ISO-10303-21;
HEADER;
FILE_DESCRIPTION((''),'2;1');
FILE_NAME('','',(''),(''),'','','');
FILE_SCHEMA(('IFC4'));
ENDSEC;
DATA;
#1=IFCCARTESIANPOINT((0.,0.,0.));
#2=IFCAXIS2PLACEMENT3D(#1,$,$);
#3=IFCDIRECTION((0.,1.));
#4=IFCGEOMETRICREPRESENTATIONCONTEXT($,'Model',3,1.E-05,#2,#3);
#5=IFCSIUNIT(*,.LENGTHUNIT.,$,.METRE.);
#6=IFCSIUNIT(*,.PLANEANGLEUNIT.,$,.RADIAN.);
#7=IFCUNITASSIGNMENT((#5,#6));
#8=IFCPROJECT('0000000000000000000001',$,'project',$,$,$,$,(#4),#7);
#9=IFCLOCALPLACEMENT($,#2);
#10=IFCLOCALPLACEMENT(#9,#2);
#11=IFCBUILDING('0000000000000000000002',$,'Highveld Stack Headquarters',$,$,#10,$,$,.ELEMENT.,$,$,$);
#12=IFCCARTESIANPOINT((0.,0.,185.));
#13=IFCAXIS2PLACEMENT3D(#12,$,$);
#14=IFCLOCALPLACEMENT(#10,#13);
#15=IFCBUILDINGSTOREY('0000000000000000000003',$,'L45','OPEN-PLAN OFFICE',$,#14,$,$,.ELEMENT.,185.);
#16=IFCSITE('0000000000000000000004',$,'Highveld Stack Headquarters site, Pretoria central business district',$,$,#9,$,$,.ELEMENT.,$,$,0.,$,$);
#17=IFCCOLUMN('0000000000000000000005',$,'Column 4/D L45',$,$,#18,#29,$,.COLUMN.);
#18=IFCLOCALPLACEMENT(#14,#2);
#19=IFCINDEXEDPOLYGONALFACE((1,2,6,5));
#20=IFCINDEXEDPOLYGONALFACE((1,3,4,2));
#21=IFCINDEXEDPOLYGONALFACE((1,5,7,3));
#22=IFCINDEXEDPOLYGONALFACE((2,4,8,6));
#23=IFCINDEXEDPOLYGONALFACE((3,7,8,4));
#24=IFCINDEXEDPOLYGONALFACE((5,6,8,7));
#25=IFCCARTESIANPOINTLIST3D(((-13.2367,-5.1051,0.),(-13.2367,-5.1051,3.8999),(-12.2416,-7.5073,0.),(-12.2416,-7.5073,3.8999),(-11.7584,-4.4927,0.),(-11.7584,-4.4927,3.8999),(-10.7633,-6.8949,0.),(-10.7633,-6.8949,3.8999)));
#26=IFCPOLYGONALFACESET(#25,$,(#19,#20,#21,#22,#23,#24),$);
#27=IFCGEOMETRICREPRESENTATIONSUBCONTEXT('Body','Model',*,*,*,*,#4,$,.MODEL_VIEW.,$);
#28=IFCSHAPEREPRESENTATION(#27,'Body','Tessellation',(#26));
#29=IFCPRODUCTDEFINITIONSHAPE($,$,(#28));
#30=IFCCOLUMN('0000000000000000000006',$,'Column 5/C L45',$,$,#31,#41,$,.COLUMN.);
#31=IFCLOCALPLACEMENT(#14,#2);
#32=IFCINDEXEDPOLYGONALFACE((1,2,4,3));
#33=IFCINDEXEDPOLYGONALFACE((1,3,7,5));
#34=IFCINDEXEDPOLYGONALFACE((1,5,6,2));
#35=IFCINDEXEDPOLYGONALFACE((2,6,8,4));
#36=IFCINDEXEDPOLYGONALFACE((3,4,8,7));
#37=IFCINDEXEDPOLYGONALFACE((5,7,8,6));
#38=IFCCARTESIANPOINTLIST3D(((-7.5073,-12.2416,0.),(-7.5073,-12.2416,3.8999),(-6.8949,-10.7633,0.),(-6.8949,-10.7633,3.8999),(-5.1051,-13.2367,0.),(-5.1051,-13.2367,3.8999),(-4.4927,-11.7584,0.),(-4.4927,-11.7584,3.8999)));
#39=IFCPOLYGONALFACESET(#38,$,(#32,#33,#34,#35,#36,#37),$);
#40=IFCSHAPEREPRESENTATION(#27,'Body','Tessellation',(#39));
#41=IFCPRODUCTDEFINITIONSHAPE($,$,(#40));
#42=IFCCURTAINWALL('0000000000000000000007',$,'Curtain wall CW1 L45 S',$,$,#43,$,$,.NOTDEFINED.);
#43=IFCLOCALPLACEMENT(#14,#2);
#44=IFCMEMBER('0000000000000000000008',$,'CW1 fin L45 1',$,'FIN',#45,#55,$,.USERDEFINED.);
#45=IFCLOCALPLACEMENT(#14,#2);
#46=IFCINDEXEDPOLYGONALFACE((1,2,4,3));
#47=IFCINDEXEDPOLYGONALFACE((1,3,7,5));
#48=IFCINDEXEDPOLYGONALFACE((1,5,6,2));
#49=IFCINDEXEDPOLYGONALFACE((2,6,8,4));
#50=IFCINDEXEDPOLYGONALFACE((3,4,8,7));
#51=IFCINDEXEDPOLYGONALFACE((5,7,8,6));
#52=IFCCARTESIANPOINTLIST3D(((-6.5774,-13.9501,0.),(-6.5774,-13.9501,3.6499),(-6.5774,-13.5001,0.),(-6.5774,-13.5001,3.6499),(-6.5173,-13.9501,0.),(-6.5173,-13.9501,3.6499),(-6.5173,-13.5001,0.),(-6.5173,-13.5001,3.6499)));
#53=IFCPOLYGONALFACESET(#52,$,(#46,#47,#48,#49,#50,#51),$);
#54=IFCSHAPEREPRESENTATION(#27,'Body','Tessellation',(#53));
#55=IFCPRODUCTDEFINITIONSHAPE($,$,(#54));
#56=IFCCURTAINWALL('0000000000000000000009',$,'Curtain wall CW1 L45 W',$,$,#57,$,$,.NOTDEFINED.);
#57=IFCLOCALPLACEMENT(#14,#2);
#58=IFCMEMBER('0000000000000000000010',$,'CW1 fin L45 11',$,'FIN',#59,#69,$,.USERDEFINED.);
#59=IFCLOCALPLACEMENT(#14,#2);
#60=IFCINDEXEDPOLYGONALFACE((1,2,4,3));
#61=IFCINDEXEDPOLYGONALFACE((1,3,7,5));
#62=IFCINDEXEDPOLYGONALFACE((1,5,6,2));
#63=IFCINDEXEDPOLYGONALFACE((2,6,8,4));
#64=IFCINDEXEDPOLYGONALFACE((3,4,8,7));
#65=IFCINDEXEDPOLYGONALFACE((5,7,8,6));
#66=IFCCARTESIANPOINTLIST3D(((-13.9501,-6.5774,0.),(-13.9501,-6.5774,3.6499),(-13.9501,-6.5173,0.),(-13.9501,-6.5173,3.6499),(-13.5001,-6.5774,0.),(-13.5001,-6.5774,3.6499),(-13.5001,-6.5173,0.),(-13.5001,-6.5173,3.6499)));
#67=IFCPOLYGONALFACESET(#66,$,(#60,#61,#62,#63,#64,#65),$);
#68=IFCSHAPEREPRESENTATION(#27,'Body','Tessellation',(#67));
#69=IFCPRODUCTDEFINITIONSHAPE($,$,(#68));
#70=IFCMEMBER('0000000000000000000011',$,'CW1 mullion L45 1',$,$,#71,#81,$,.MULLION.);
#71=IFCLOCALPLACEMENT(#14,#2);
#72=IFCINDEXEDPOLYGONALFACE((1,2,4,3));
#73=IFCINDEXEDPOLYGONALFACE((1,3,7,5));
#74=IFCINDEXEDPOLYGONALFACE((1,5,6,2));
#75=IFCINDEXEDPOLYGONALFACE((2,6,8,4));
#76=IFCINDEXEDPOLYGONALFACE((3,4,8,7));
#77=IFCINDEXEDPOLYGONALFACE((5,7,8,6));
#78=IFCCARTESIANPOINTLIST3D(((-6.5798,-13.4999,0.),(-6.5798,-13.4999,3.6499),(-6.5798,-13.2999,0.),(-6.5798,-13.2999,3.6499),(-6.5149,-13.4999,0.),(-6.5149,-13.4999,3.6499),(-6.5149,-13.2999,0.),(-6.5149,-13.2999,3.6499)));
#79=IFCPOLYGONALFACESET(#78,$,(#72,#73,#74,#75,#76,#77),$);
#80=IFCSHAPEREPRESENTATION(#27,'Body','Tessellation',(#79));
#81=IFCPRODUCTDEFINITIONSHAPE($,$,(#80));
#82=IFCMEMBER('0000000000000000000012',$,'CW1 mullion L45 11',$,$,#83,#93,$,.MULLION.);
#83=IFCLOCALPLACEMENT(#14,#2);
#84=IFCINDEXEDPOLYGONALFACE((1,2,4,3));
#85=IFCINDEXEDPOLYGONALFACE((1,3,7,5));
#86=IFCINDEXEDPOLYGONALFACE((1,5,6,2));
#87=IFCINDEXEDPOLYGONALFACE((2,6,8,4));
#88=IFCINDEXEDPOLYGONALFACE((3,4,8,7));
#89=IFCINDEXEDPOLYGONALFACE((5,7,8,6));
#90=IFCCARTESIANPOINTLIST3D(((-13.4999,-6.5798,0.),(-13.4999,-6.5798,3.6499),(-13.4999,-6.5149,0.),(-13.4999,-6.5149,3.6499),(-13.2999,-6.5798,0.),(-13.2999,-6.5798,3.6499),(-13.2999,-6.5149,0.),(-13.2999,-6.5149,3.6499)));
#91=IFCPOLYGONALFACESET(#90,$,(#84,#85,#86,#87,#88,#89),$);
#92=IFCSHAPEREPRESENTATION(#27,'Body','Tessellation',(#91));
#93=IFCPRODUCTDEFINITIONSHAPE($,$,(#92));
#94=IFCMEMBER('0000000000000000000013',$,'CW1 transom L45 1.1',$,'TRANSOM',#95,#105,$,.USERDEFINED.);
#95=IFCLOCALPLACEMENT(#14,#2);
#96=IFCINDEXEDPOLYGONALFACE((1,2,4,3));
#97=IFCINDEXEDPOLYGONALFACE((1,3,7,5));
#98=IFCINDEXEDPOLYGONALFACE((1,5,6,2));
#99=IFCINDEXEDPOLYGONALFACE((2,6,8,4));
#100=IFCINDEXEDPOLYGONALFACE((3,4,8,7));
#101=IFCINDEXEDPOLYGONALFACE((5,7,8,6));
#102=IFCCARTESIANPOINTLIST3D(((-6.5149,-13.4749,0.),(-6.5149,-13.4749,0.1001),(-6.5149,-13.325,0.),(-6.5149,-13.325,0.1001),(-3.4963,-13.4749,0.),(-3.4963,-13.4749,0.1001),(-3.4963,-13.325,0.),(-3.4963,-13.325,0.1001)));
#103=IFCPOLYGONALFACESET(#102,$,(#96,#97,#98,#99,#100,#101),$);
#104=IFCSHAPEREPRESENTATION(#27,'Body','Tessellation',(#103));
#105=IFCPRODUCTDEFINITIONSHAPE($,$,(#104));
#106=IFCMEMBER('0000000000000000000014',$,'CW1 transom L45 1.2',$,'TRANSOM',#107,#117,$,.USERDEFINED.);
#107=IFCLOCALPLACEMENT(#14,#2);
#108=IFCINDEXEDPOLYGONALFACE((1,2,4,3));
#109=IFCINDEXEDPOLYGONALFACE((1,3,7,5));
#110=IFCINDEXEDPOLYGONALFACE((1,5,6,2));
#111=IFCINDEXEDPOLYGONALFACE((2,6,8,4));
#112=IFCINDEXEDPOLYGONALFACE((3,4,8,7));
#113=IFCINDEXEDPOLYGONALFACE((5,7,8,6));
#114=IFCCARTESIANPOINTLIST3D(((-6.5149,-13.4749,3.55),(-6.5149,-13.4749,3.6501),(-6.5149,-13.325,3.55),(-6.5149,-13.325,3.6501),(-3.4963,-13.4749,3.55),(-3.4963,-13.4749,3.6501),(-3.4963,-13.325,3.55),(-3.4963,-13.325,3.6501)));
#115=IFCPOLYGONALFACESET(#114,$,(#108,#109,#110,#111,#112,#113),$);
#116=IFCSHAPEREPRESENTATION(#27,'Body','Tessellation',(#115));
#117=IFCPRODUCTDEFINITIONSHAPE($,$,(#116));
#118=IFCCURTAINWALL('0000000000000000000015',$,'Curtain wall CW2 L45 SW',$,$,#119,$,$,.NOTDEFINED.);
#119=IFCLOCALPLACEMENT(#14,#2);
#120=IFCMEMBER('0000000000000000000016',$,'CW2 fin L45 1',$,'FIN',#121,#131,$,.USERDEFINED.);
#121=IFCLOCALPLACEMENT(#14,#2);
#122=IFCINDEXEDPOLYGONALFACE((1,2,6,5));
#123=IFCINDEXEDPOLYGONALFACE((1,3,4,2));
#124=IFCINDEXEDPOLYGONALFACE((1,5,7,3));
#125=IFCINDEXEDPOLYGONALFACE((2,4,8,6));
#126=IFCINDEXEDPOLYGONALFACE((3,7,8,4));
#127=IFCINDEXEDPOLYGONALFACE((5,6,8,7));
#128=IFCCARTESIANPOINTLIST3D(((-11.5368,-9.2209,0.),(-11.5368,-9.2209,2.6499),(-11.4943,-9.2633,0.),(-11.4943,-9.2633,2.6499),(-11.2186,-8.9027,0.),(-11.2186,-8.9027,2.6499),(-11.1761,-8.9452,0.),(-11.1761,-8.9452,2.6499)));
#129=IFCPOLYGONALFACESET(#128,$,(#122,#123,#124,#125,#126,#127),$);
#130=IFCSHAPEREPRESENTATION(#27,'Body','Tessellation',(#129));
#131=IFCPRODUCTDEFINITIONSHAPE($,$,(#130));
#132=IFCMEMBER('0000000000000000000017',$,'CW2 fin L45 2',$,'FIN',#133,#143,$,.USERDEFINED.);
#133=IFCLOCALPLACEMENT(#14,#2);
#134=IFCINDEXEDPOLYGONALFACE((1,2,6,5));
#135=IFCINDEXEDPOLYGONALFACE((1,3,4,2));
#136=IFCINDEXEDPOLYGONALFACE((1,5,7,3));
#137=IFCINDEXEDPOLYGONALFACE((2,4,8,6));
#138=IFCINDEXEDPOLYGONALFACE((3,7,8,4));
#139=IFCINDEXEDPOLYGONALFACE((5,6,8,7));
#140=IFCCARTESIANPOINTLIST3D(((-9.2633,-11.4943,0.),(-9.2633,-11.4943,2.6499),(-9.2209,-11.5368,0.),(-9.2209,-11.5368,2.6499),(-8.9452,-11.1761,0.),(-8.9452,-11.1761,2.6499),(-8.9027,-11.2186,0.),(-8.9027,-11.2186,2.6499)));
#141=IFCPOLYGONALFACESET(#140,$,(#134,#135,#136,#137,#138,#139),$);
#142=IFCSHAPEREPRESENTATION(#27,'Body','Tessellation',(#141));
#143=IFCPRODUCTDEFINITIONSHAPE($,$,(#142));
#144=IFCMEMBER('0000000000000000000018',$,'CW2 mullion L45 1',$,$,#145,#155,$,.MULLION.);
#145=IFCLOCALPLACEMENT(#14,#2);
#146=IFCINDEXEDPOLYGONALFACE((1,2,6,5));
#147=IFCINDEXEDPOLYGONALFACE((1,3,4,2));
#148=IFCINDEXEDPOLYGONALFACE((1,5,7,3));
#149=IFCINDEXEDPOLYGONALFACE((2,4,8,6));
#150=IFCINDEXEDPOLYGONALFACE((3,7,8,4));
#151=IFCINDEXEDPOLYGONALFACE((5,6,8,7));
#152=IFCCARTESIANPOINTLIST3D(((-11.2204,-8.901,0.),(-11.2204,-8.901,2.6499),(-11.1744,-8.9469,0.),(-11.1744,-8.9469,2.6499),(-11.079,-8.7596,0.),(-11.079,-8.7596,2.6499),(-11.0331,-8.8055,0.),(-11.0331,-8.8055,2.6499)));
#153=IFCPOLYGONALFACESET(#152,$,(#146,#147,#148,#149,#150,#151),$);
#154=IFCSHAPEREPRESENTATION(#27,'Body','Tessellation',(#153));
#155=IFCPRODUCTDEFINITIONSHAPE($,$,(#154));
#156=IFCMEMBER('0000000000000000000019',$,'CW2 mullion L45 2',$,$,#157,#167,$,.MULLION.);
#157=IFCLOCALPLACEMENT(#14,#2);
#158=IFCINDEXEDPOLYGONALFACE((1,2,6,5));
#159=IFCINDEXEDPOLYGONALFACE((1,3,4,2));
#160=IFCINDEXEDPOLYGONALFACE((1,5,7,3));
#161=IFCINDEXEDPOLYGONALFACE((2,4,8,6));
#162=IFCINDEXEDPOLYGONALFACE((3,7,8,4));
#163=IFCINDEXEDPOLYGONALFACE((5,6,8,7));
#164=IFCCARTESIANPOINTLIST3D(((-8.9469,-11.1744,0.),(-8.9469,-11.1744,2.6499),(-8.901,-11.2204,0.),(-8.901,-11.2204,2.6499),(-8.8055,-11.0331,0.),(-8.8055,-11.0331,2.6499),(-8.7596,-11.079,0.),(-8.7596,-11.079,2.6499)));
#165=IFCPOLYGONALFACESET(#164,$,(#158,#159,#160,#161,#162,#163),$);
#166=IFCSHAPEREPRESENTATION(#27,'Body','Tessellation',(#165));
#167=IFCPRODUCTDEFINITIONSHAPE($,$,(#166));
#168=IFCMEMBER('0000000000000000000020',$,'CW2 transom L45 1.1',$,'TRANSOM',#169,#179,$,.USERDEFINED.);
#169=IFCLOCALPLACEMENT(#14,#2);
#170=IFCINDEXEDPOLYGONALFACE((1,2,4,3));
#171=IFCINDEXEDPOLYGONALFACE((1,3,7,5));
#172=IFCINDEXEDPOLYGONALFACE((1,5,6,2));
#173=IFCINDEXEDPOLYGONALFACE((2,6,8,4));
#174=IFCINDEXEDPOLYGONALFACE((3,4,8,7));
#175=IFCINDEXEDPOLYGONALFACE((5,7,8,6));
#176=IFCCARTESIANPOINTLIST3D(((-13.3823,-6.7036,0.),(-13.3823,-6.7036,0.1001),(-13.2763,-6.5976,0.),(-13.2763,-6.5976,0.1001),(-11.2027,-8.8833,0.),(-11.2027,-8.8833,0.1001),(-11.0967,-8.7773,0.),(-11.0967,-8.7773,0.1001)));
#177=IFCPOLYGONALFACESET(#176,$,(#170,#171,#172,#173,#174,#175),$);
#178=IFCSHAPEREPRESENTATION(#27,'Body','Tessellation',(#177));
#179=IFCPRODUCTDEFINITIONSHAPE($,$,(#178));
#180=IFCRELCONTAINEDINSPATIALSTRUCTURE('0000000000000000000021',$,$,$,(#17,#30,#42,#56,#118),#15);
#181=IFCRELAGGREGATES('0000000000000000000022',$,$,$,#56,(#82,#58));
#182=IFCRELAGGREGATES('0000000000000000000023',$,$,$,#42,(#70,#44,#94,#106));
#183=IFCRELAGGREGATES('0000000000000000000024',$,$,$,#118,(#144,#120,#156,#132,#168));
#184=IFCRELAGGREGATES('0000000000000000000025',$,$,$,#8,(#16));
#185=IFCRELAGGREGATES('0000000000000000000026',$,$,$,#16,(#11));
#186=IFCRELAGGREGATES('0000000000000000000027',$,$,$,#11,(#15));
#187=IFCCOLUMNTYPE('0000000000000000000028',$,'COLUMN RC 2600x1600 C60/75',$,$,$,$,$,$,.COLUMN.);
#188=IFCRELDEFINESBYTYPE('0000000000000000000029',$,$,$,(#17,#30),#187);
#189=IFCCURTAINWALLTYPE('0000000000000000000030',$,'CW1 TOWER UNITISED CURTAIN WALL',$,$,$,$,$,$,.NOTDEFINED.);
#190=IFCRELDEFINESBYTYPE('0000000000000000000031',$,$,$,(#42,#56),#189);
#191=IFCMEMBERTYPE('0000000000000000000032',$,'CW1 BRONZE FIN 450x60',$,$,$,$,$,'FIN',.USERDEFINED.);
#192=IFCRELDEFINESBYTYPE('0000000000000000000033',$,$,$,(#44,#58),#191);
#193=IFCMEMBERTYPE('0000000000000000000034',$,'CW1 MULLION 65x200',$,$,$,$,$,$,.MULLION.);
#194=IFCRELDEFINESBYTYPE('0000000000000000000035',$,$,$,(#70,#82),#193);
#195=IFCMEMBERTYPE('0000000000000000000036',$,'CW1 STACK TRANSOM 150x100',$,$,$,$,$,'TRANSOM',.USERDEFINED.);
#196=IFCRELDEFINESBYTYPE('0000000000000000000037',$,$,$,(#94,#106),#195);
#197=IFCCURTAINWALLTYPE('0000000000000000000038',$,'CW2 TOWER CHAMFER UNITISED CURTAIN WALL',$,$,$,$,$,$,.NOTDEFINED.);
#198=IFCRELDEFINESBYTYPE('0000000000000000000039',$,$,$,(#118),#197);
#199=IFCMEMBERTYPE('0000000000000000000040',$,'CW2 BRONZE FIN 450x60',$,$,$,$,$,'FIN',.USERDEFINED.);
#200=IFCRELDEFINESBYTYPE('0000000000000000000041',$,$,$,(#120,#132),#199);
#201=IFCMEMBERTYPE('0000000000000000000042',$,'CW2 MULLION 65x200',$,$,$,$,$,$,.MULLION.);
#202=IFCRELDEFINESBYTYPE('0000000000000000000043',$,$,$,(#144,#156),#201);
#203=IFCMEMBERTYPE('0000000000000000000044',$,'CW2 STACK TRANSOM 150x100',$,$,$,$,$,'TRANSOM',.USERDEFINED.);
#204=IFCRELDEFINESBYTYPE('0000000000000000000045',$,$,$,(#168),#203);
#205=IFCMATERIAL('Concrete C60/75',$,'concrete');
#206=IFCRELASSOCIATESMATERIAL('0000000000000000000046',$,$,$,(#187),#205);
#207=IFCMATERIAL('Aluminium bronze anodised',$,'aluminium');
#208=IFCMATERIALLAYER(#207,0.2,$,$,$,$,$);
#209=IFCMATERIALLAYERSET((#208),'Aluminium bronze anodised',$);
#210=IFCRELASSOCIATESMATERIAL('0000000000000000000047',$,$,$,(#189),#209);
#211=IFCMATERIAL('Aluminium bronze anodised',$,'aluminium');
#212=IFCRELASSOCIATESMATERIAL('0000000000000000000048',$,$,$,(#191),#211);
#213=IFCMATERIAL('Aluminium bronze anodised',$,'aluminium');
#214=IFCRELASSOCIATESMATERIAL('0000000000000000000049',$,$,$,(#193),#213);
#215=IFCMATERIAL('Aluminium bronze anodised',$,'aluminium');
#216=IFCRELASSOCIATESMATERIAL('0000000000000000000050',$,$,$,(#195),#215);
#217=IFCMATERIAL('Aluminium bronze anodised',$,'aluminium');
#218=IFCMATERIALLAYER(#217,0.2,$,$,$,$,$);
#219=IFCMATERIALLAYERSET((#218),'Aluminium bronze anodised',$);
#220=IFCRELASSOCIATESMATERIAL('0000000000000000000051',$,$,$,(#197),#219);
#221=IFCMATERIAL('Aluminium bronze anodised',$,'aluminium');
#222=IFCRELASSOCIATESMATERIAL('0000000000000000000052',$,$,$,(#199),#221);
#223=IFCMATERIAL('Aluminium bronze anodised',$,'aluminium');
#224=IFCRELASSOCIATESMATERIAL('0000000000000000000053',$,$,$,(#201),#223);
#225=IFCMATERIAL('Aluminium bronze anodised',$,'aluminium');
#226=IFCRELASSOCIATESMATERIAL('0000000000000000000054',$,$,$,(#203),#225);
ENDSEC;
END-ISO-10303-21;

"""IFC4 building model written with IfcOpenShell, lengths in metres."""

from ifc_helpers import new_model, si_unit, direction, frame, origin, origin_2d, place, context, subcontext, project, spatial, rectangle, extrude, material, layer, layer_set, material_profile, profile_set, type_object, element, aggregate, save


model = new_model("IFC4")

# Units and contexts
model_context = context("Model", 3, precision=1e-05, world=origin(), true_north=direction((0.0, 1.0)))
body_context = subcontext(model_context, "Body", "Model", "MODEL_VIEW")
ifc_project = project(units=[si_unit("LENGTHUNIT", "METRE"), si_unit("PLANEANGLEUNIT", "RADIAN")], contexts=[model_context])

# Site, building, storey
site_placement = place(None, origin())
site = spatial("IfcSite", under=ifc_project, at=site_placement, Name="Highveld Stack Headquarters site, Pretoria central business district", CompositionType="ELEMENT", RefElevation=0.0)
building_placement = place(site_placement, origin())
building = spatial("IfcBuilding", under=site, at=building_placement, Name="Highveld Stack Headquarters", CompositionType="ELEMENT")
storey_placement = place(building_placement, frame((0.0, 0.0, 185.0)))
storey = spatial("IfcBuildingStorey", under=building, at=storey_placement, Name="L45", Description="OPEN-PLAN OFFICE", CompositionType="ELEMENT", Elevation=185.0)

# Columns
ifc_material_1 = material(Name="Concrete C60/75", Category="concrete")
ifc_material_profile_1 = material_profile(ifc_material_1, rectangle(XDim=2.6001, YDim=1.6001, at=origin_2d()), Name="RC 2600x1600")
ifc_profile_set_1 = profile_set([ifc_material_profile_1], Name="Concrete C60/75")
column_type = type_object("IfcColumnType", Name="COLUMN RC 2600x1600 C60/75", PredefinedType="COLUMN", material=ifc_profile_set_1)
for number, where, z_axis, x_axis, name in (
    (1, (-12.0, -6.0, 0.0), (0.0, 0.0, 1.0), (-0.382683, 0.92388, 0.0), "Column 4/D L45"),
    (2, (-6.0, -12.0, 0.0), (0.0, 0.0, 1.0), (-0.92388, 0.382683, 0.0), "Column 5/C L45"),
):
    element("IfcColumn", number, at=place(storey_placement, frame(where, z_axis=z_axis, x_axis=x_axis)), inside=storey, type_object=column_type, Name=name, PredefinedType="COLUMN", context=body_context, shape_type="SweptSolid", body=[
        extrude(rectangle(XDim=2.6001, YDim=1.6001, at=origin_2d()), origin(), (0.0, 0.0, 1.0), 3.8999),
    ])

# Curtain walls, members
ifc_material_2 = material(Name="Aluminium bronze anodised", Category="aluminium")
ifc_layer_1 = layer(ifc_material_2, 0.2)
ifc_layer_set_1 = layer_set([ifc_layer_1], Name="Aluminium bronze anodised")
curtain_wall_type_1 = type_object("IfcCurtainWallType", Name="CW1 TOWER UNITISED CURTAIN WALL", PredefinedType="NOTDEFINED", material=ifc_layer_set_1)
curtain_wall_1_placement = place(storey_placement, origin())
curtain_wall_1 = element("IfcCurtainWall", 3, at=curtain_wall_1_placement, inside=storey, type_object=curtain_wall_type_1, Name="Curtain wall CW1 L45 S", PredefinedType="NOTDEFINED")
ifc_material_3 = material(Name="Aluminium bronze anodised", Category="aluminium")
ifc_material_profile_2 = material_profile(ifc_material_3, rectangle(XDim=0.45, YDim=0.0601, at=origin_2d()), Name="FIN 450x60")
ifc_profile_set_2 = profile_set([ifc_material_profile_2], Name="Aluminium bronze anodised")
member_type_1 = type_object("IfcMemberType", Name="CW1 BRONZE FIN 450x60", ElementType="FIN", PredefinedType="USERDEFINED", material=ifc_profile_set_2)
member_1_placement = place(storey_placement, frame((-6.5474, -13.7251, 0.0), z_axis=(0.0, 0.0, 1.0), x_axis=(0.0, 1.0, 0.0)))
member_1 = element("IfcMember", 4, at=member_1_placement, type_object=member_type_1, Name="CW1 fin L45 1", ObjectType="FIN", PredefinedType="USERDEFINED", context=body_context, shape_type="SweptSolid", body=[
    extrude(rectangle(XDim=0.45, YDim=0.0601, at=origin_2d()), origin(), (0.0, 0.0, 1.0), 3.6499),
])
curtain_wall_2_placement = place(storey_placement, origin())
curtain_wall_2 = element("IfcCurtainWall", 5, at=curtain_wall_2_placement, inside=storey, type_object=curtain_wall_type_1, Name="Curtain wall CW1 L45 W", PredefinedType="NOTDEFINED")
member_2_placement = place(storey_placement, frame((-13.7251, -6.5474, 0.0), z_axis=(0.0, 0.0, 1.0), x_axis=(1.0, 0.0, 0.0)))
member_2 = element("IfcMember", 6, at=member_2_placement, type_object=member_type_1, Name="CW1 fin L45 11", ObjectType="FIN", PredefinedType="USERDEFINED", context=body_context, shape_type="SweptSolid", body=[
    extrude(rectangle(XDim=0.45, YDim=0.0601, at=origin_2d()), origin(), (0.0, 0.0, 1.0), 3.6499),
])

# Members
ifc_material_4 = material(Name="Aluminium bronze anodised", Category="aluminium")
ifc_material_profile_3 = material_profile(ifc_material_4, rectangle(XDim=0.2, YDim=0.0649, at=origin_2d()), Name="CW1 MULLION 65x200")
ifc_profile_set_3 = profile_set([ifc_material_profile_3], Name="Aluminium bronze anodised")
member_type_2 = type_object("IfcMemberType", Name="CW1 MULLION 65x200", PredefinedType="MULLION", material=ifc_profile_set_3)
member_3_placement = place(storey_placement, frame((-6.5474, -13.3999, 0.0), z_axis=(0.0, 0.0, 1.0), x_axis=(0.0, 1.0, 0.0)))
member_3 = element("IfcMember", 7, at=member_3_placement, type_object=member_type_2, Name="CW1 mullion L45 1", PredefinedType="MULLION", context=body_context, shape_type="SweptSolid", body=[
    extrude(rectangle(XDim=0.2, YDim=0.0649, at=origin_2d()), origin(), (0.0, 0.0, 1.0), 3.6499),
])
member_4_placement = place(storey_placement, frame((-13.3999, -6.5474, 0.0), z_axis=(0.0, 0.0, 1.0), x_axis=(1.0, 0.0, 0.0)))
member_4 = element("IfcMember", 8, at=member_4_placement, type_object=member_type_2, Name="CW1 mullion L45 11", PredefinedType="MULLION", context=body_context, shape_type="SweptSolid", body=[
    extrude(rectangle(XDim=0.2, YDim=0.0649, at=origin_2d()), origin(), (0.0, 0.0, 1.0), 3.6499),
])
aggregate(curtain_wall_2, [member_4, member_2])
ifc_material_5 = material(Name="Aluminium bronze anodised", Category="aluminium")
ifc_material_profile_4 = material_profile(ifc_material_5, rectangle(XDim=0.1499, YDim=0.1001, at=origin_2d()), Name="CW1 TRANSOM 150x100")
ifc_profile_set_4 = profile_set([ifc_material_profile_4], Name="Aluminium bronze anodised")
member_type_3 = type_object("IfcMemberType", Name="CW1 STACK TRANSOM 150x100", ElementType="TRANSOM", PredefinedType="USERDEFINED", material=ifc_profile_set_4)
member_5_placement = place(storey_placement, frame((-6.5149, -13.3999, 0.05), z_axis=(1.0, 0.0, 0.0), x_axis=(0.0, 1.0, 0.0)))
member_5 = element("IfcMember", 9, at=member_5_placement, type_object=member_type_3, Name="CW1 transom L45 1.1", ObjectType="TRANSOM", PredefinedType="USERDEFINED", context=body_context, shape_type="SweptSolid", body=[
    extrude(rectangle(XDim=0.1499, YDim=0.1001, at=origin_2d()), origin(), (0.0, 0.0, 1.0), 3.0186),
])
member_6_placement = place(storey_placement, frame((-6.5149, -13.3999, 3.6001), z_axis=(1.0, 0.0, 0.0), x_axis=(0.0, 1.0, 0.0)))
member_6 = element("IfcMember", 10, at=member_6_placement, type_object=member_type_3, Name="CW1 transom L45 1.2", ObjectType="TRANSOM", PredefinedType="USERDEFINED", context=body_context, shape_type="SweptSolid", body=[
    extrude(rectangle(XDim=0.1499, YDim=0.1001, at=origin_2d()), origin(), (0.0, 0.0, 1.0), 3.0186),
])
aggregate(curtain_wall_1, [member_3, member_1, member_5, member_6])

# Curtain wall, members
ifc_material_6 = material(Name="Aluminium bronze anodised", Category="aluminium")
ifc_layer_2 = layer(ifc_material_6, 0.2)
ifc_layer_set_2 = layer_set([ifc_layer_2], Name="Aluminium bronze anodised")
curtain_wall_type_2 = type_object("IfcCurtainWallType", Name="CW2 TOWER CHAMFER UNITISED CURTAIN WALL", PredefinedType="NOTDEFINED", material=ifc_layer_set_2)
curtain_wall_3_placement = place(storey_placement, origin())
curtain_wall_3 = element("IfcCurtainWall", 11, at=curtain_wall_3_placement, inside=storey, type_object=curtain_wall_type_2, Name="Curtain wall CW2 L45 SW", PredefinedType="NOTDEFINED")
ifc_material_7 = material(Name="Aluminium bronze anodised", Category="aluminium")
ifc_material_profile_5 = material_profile(ifc_material_7, rectangle(XDim=0.45, YDim=0.0601, at=origin_2d()), Name="FIN 450x60")
ifc_profile_set_5 = profile_set([ifc_material_profile_5], Name="Aluminium bronze anodised")
member_type_4 = type_object("IfcMemberType", Name="CW2 BRONZE FIN 450x60", ElementType="FIN", PredefinedType="USERDEFINED", material=ifc_profile_set_5)
member_7_placement = place(storey_placement, frame((-11.3564, -9.083, 0.0), z_axis=(0.0, 0.0, 1.0), x_axis=(0.707107, 0.707107, 0.0)))
member_7 = element("IfcMember", 12, at=member_7_placement, type_object=member_type_4, Name="CW2 fin L45 1", ObjectType="FIN", PredefinedType="USERDEFINED", context=body_context, shape_type="SweptSolid", body=[
    extrude(rectangle(XDim=0.45, YDim=0.0601, at=origin_2d()), origin(), (0.0, 0.0, 1.0), 2.6499),
])
member_8_placement = place(storey_placement, frame((-9.083, -11.3564, 0.0), z_axis=(0.0, 0.0, 1.0), x_axis=(0.707107, 0.707107, 0.0)))
member_8 = element("IfcMember", 13, at=member_8_placement, type_object=member_type_4, Name="CW2 fin L45 2", ObjectType="FIN", PredefinedType="USERDEFINED", context=body_context, shape_type="SweptSolid", body=[
    extrude(rectangle(XDim=0.45, YDim=0.0601, at=origin_2d()), origin(), (0.0, 0.0, 1.0), 2.6499),
])
ifc_material_8 = material(Name="Aluminium bronze anodised", Category="aluminium")
ifc_material_profile_6 = material_profile(ifc_material_8, rectangle(XDim=0.2, YDim=0.0649, at=origin_2d()), Name="CW2 MULLION 65x200")
ifc_profile_set_6 = profile_set([ifc_material_profile_6], Name="Aluminium bronze anodised")
member_type_5 = type_object("IfcMemberType", Name="CW2 MULLION 65x200", PredefinedType="MULLION", material=ifc_profile_set_6)
member_9_placement = place(storey_placement, frame((-11.1267, -8.8533, 0.0), z_axis=(0.0, 0.0, 1.0), x_axis=(0.707107, 0.707107, 0.0)))
member_9 = element("IfcMember", 14, at=member_9_placement, type_object=member_type_5, Name="CW2 mullion L45 1", PredefinedType="MULLION", context=body_context, shape_type="SweptSolid", body=[
    extrude(rectangle(XDim=0.2, YDim=0.0649, at=origin_2d()), origin(), (0.0, 0.0, 1.0), 2.6499),
])
member_10_placement = place(storey_placement, frame((-8.8533, -11.1267, 0.0), z_axis=(0.0, 0.0, 1.0), x_axis=(0.707107, 0.707107, 0.0)))
member_10 = element("IfcMember", 15, at=member_10_placement, type_object=member_type_5, Name="CW2 mullion L45 2", PredefinedType="MULLION", context=body_context, shape_type="SweptSolid", body=[
    extrude(rectangle(XDim=0.2, YDim=0.0649, at=origin_2d()), origin(), (0.0, 0.0, 1.0), 2.6499),
])
ifc_material_9 = material(Name="Aluminium bronze anodised", Category="aluminium")
ifc_material_profile_7 = material_profile(ifc_material_9, rectangle(XDim=0.1499, YDim=0.1001, at=origin_2d()), Name="CW2 TRANSOM 150x100")
ifc_profile_set_7 = profile_set([ifc_material_profile_7], Name="Aluminium bronze anodised")
member_type_6 = type_object("IfcMemberType", Name="CW2 STACK TRANSOM 150x100", ElementType="TRANSOM", PredefinedType="USERDEFINED", material=ifc_profile_set_7)
member_11_placement = place(storey_placement, frame((-13.3293, -6.6506, 0.05), z_axis=(0.707107, -0.707107, 0.0), x_axis=(0.707107, 0.707107, 0.0)))
member_11 = element("IfcMember", 16, at=member_11_placement, type_object=member_type_6, Name="CW2 transom L45 1.1", ObjectType="TRANSOM", PredefinedType="USERDEFINED", context=body_context, shape_type="SweptSolid", body=[
    extrude(rectangle(XDim=0.1499, YDim=0.1001, at=origin_2d()), origin(), (0.0, 0.0, 1.0), 3.0825),
])
aggregate(curtain_wall_3, [member_9, member_7, member_10, member_8, member_11])

save(model, "model.ifc")
